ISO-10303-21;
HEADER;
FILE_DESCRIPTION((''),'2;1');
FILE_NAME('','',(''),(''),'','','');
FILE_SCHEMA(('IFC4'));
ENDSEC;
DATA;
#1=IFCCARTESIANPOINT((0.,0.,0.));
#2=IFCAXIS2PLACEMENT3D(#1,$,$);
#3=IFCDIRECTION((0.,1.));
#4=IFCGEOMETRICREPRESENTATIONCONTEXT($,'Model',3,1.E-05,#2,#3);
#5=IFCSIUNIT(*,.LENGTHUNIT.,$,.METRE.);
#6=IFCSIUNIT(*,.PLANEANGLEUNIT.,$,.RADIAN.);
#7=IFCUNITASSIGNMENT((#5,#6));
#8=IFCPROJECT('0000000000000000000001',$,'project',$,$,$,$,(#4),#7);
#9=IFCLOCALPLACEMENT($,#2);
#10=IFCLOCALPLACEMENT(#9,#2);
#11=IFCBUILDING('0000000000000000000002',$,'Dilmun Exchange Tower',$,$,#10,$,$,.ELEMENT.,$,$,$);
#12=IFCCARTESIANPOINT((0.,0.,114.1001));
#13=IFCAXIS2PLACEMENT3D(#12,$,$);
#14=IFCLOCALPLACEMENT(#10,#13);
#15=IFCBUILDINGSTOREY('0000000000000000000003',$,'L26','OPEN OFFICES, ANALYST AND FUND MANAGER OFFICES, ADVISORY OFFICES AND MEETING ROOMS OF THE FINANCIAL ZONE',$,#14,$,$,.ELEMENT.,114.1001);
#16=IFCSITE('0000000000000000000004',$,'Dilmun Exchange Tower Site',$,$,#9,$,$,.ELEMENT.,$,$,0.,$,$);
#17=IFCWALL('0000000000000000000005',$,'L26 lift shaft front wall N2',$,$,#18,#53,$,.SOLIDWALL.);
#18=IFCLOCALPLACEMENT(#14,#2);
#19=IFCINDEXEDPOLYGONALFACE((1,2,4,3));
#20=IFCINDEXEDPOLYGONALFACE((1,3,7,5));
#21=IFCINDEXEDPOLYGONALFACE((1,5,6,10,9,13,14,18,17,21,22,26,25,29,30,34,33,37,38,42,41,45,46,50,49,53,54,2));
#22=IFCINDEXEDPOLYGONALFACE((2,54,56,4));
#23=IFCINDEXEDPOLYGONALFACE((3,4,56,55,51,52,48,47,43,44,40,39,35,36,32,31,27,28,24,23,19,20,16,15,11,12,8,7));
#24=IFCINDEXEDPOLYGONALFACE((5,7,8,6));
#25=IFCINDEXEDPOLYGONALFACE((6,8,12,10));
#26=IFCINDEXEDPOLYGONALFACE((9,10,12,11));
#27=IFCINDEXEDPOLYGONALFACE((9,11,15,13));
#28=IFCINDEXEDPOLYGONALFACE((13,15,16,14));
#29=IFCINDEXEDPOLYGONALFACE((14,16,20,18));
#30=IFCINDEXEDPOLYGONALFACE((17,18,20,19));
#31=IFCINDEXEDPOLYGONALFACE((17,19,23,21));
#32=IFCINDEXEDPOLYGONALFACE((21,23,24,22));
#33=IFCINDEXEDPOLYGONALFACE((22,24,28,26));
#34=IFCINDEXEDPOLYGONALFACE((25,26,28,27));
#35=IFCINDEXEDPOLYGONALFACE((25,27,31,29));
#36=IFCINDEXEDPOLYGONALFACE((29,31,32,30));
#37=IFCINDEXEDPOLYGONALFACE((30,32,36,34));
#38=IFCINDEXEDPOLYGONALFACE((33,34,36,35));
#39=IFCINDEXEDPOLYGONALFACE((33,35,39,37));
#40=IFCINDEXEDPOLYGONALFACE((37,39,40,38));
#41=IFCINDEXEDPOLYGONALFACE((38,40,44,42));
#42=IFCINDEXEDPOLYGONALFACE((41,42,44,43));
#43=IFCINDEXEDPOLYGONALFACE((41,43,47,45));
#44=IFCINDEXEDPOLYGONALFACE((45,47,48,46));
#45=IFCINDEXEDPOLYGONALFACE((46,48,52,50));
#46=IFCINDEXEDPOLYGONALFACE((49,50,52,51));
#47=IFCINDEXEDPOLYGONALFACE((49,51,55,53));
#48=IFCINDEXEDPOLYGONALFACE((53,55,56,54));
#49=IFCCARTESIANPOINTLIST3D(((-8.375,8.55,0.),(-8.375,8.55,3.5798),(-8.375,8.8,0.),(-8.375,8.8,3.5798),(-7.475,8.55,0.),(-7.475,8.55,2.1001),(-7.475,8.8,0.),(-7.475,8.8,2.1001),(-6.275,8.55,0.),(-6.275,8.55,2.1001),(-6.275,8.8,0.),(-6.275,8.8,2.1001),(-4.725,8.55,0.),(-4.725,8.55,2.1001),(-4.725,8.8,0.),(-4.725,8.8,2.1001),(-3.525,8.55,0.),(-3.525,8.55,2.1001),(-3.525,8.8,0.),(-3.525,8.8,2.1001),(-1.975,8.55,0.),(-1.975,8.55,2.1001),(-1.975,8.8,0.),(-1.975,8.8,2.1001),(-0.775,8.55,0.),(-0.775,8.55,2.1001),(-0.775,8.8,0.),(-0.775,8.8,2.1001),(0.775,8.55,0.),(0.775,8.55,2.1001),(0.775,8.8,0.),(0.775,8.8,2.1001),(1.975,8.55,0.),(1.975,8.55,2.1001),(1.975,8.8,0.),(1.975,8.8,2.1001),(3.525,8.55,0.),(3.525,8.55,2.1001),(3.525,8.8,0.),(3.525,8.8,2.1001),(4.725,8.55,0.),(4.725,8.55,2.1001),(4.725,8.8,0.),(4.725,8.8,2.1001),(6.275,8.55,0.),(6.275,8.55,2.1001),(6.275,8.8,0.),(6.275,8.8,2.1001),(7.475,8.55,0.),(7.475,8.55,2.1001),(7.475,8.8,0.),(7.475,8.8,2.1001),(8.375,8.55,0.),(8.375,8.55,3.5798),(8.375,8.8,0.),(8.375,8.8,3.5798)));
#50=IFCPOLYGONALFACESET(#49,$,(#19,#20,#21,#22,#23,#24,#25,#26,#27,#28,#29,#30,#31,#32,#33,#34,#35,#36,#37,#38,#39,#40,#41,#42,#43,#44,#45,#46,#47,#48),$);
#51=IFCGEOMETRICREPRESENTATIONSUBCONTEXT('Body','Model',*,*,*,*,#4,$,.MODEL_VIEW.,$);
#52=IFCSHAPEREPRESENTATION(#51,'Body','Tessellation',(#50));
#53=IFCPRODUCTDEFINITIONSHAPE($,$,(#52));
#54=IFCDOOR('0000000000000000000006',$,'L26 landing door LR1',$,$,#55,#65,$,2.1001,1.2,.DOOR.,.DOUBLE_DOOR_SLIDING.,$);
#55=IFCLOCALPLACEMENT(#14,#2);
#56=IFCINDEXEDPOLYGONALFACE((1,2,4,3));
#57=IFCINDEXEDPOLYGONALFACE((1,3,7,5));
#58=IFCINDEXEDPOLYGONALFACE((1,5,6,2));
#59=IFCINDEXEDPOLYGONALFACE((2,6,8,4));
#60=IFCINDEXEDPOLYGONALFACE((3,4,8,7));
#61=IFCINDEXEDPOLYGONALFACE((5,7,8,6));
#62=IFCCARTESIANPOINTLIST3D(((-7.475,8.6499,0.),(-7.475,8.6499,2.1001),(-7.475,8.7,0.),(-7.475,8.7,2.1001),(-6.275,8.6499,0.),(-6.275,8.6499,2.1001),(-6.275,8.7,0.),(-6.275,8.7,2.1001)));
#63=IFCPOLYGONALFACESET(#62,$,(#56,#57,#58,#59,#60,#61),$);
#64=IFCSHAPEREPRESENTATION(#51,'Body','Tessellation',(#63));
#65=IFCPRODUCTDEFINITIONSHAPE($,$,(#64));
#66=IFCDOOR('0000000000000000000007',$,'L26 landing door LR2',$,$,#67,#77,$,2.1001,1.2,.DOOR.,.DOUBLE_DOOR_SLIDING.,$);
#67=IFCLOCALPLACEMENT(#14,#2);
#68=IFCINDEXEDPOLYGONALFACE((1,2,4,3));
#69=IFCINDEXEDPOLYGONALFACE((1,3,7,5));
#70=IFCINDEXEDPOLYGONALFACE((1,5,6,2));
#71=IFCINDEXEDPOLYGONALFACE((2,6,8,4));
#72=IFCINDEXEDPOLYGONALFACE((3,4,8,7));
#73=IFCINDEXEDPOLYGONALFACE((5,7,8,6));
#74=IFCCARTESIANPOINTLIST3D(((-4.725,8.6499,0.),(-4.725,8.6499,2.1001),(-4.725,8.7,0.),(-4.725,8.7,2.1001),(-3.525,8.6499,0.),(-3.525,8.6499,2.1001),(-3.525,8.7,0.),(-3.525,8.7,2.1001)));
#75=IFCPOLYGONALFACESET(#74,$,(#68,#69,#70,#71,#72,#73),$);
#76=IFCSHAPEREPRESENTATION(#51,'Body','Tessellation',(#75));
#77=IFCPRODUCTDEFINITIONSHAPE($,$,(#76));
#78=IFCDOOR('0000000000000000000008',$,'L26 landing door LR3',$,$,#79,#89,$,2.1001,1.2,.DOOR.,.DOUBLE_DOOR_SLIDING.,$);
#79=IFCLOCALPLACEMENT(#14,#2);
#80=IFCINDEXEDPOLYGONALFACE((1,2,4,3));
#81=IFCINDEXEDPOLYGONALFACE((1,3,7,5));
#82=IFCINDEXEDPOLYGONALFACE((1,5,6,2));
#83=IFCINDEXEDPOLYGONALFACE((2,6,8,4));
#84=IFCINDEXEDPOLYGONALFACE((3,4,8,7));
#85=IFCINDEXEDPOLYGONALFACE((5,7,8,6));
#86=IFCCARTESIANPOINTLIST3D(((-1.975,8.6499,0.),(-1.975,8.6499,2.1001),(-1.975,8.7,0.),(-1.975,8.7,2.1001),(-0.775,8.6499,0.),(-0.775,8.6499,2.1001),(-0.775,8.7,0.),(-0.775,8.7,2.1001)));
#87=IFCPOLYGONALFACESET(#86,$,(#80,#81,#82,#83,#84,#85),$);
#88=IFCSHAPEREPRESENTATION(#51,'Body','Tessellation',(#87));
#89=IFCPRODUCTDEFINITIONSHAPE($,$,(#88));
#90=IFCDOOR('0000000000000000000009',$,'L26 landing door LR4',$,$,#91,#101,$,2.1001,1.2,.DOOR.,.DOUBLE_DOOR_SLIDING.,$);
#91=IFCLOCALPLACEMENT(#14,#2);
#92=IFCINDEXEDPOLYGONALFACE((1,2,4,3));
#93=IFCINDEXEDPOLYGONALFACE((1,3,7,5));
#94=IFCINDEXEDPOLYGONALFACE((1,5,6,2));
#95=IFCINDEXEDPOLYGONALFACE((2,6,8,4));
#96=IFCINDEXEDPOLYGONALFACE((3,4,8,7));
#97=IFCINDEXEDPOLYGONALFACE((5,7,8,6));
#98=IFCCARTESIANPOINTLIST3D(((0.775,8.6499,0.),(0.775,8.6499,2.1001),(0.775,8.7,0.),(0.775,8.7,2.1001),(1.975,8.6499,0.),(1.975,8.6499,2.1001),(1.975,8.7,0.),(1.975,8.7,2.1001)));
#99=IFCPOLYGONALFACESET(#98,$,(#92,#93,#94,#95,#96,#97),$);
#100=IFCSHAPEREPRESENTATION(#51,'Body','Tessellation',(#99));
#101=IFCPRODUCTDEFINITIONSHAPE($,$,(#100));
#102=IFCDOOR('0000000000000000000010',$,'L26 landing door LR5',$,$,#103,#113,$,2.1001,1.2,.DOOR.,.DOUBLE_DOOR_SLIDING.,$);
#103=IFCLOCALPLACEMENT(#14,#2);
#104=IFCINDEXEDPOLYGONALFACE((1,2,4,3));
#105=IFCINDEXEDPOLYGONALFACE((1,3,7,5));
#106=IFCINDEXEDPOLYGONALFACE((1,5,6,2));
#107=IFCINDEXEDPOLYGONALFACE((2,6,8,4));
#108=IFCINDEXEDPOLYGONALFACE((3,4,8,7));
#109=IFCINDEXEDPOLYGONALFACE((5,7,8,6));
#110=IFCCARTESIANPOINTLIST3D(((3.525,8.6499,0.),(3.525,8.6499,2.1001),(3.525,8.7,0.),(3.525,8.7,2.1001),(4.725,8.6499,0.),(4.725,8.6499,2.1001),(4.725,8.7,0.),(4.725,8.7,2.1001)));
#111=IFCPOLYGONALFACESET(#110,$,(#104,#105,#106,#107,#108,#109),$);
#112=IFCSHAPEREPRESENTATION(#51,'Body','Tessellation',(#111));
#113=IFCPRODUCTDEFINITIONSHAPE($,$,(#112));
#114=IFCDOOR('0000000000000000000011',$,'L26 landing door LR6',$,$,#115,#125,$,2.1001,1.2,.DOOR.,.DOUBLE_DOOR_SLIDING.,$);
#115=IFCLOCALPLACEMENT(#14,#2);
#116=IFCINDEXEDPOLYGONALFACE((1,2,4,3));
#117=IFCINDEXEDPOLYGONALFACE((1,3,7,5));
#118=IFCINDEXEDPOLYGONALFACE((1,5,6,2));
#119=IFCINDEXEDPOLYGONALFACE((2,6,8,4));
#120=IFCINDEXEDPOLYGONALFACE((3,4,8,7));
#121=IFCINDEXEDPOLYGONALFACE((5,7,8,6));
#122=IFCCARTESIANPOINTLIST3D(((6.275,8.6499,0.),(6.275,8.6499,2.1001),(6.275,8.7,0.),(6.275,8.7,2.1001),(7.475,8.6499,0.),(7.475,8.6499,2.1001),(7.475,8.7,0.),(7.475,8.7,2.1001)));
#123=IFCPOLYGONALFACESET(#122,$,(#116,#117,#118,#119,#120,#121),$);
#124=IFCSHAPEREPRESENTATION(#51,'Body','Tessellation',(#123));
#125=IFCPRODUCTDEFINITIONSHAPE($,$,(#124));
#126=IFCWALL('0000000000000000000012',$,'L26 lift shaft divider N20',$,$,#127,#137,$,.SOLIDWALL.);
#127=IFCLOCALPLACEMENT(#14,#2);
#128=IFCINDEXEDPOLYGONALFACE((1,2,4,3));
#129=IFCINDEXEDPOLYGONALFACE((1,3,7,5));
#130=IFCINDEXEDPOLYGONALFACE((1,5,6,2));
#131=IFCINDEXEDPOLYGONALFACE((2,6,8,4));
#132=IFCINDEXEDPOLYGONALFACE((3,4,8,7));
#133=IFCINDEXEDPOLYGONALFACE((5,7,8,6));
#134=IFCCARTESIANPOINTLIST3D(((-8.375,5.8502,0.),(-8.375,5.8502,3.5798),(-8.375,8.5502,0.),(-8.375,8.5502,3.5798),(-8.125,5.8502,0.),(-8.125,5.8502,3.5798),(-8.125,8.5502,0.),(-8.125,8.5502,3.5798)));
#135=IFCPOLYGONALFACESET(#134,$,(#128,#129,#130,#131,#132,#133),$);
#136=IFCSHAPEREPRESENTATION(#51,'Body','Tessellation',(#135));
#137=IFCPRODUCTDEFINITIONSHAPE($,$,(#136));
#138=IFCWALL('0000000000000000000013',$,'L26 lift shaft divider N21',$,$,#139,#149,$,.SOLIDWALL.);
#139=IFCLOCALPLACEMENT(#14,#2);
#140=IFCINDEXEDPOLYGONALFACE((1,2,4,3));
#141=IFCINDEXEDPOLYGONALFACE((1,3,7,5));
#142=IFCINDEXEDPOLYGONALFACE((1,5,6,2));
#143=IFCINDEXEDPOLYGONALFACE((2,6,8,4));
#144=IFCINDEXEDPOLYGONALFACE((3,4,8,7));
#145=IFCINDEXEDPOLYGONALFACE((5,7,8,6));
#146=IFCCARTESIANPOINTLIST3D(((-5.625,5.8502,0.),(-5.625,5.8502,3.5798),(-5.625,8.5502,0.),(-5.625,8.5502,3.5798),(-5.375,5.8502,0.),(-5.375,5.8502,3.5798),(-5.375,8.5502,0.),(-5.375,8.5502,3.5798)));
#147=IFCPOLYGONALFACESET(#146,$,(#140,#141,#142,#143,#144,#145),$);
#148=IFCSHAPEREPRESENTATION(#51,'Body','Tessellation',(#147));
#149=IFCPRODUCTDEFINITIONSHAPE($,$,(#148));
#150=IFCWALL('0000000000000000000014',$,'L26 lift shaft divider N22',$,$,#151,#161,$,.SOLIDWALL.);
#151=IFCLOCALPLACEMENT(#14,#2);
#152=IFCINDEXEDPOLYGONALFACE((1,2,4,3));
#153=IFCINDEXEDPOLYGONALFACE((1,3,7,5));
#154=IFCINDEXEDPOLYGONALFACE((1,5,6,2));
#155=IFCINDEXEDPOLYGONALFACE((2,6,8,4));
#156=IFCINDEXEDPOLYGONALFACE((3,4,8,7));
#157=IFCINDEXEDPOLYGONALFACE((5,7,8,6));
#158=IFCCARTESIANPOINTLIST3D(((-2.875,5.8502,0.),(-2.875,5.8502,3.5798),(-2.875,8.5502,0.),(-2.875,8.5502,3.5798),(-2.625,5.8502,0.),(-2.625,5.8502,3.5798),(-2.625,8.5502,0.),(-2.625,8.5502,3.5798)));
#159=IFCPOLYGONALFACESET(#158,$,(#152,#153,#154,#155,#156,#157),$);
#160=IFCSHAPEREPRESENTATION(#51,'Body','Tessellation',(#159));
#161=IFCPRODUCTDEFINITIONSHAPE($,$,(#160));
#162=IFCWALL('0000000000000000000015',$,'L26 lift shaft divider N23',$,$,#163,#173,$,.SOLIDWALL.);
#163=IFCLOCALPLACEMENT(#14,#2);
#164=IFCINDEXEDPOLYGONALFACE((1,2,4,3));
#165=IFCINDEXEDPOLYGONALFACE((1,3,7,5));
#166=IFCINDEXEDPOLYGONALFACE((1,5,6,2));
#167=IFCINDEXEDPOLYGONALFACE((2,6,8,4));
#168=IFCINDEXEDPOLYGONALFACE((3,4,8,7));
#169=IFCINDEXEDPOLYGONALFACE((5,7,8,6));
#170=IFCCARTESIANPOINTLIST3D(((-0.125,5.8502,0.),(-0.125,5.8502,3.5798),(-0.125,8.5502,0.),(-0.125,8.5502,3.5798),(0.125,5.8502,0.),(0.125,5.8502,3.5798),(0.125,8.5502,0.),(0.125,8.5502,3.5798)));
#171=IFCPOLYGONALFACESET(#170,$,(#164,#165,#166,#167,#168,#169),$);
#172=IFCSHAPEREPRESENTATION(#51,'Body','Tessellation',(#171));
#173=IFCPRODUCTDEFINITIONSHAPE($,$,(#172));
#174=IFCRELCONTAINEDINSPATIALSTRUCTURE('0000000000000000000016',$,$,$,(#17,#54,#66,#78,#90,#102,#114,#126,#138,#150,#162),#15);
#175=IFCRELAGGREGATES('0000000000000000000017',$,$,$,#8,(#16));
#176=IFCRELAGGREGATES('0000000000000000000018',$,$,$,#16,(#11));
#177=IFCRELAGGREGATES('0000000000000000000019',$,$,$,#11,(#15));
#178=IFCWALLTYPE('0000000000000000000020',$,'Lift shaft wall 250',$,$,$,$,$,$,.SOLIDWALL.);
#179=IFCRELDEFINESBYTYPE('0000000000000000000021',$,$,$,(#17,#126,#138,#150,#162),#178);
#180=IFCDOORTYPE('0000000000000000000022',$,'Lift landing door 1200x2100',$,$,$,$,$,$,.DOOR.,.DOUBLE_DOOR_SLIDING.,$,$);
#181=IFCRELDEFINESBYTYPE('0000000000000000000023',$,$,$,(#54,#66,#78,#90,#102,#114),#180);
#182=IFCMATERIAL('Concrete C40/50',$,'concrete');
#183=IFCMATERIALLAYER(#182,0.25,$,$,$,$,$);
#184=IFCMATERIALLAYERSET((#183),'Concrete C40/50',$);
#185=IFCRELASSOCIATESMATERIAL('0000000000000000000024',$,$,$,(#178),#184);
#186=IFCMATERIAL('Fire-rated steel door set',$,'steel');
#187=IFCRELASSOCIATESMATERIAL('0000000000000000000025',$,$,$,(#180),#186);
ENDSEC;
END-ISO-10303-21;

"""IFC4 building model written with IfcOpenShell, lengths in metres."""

from ifc_helpers import new_model, si_unit, direction, frame, frame_2d, origin, place, context, subcontext, project, spatial, rectangle, extrude, material, layer, layer_set, type_object, element, fill, save


model = new_model("IFC4")

# Units and contexts
model_context = context("Model", 3, precision=1e-05, world=origin(), true_north=direction((0.0, 1.0)))
body_context = subcontext(model_context, "Body", "Model", "MODEL_VIEW")
ifc_project = project(units=[si_unit("LENGTHUNIT", "METRE"), si_unit("PLANEANGLEUNIT", "RADIAN")], contexts=[model_context])

# Site, building, storey
site_placement = place(None, origin())
site = spatial("IfcSite", under=ifc_project, at=site_placement, Name="Dilmun Exchange Tower Site", CompositionType="ELEMENT", RefElevation=0.0)
building_placement = place(site_placement, origin())
building = spatial("IfcBuilding", under=site, at=building_placement, Name="Dilmun Exchange Tower", CompositionType="ELEMENT")
storey_placement = place(building_placement, frame((0.0, 0.0, 114.1001)))
storey = spatial("IfcBuildingStorey", under=building, at=storey_placement, Name="L26", Description="OPEN OFFICES, ANALYST AND FUND MANAGER OFFICES, ADVISORY OFFICES AND MEETING ROOMS OF THE FINANCIAL ZONE", CompositionType="ELEMENT", Elevation=114.1001)

# Shared definitions
ifc_material_1 = material(Name="Concrete C40/50", Category="concrete")

# Shared definitions
ifc_material_2 = material(Name="Fire-rated steel door set", Category="steel")

# Wall, openings, doors
ifc_layer_1 = layer(ifc_material_1, 0.25)
ifc_layer_set_1 = layer_set([ifc_layer_1], Name="Concrete C40/50")
wall_type_1 = type_object("IfcWallType", Name="Lift shaft wall 250", PredefinedType="SOLIDWALL", material=ifc_layer_set_1)
wall_1_placement = place(storey_placement, frame((-8.375, 8.675, 0.0), z_axis=(0.0, 0.0, 1.0), x_axis=(1.0, 0.0, 0.0)))
wall_1 = element("IfcWall", 1, at=wall_1_placement, inside=storey, type_object=wall_type_1, Name="L26 lift shaft front wall N2", PredefinedType="SOLIDWALL", context=body_context, shape_type="SweptSolid", body=[
    extrude(rectangle(XDim=16.75, YDim=0.25, at=frame_2d((8.375, 0.0))), origin(), (0.0, 0.0, 1.0), 3.5798),
])
opening_1_placement = place(wall_1_placement, frame((0.8999, 0.0, 0.0)))
opening_1 = element("IfcOpeningElement", 2, at=opening_1_placement, cuts=wall_1, PredefinedType="OPENING", context=body_context, shape_type="SweptSolid", body=[
    extrude(rectangle(XDim=1.2, YDim=2.1001, at=frame_2d((0.6001, 1.05))), frame((0.0, 0.135, 0.0), z_axis=(0.0, -1.0, 0.0), x_axis=(1.0, 0.0, 0.0)), (0.0, 0.0, 1.0), 0.27),
])
opening_2_placement = place(wall_1_placement, frame((3.6499, 0.0, 0.0)))
opening_2 = element("IfcOpeningElement", 3, at=opening_2_placement, cuts=wall_1, PredefinedType="OPENING", context=body_context, shape_type="SweptSolid", body=[
    extrude(rectangle(XDim=1.2, YDim=2.1001, at=frame_2d((0.6001, 1.05))), frame((0.0, 0.135, 0.0), z_axis=(0.0, -1.0, 0.0), x_axis=(1.0, 0.0, 0.0)), (0.0, 0.0, 1.0), 0.27),
])
opening_3_placement = place(wall_1_placement, frame((6.3999, 0.0, 0.0)))
opening_3 = element("IfcOpeningElement", 4, at=opening_3_placement, cuts=wall_1, PredefinedType="OPENING", context=body_context, shape_type="SweptSolid", body=[
    extrude(rectangle(XDim=1.2, YDim=2.1001, at=frame_2d((0.6001, 1.05))), frame((0.0, 0.135, 0.0), z_axis=(0.0, -1.0, 0.0), x_axis=(1.0, 0.0, 0.0)), (0.0, 0.0, 1.0), 0.27),
])
opening_4_placement = place(wall_1_placement, frame((9.1499, 0.0, 0.0)))
opening_4 = element("IfcOpeningElement", 5, at=opening_4_placement, cuts=wall_1, PredefinedType="OPENING", context=body_context, shape_type="SweptSolid", body=[
    extrude(rectangle(XDim=1.2, YDim=2.1001, at=frame_2d((0.6001, 1.05))), frame((0.0, 0.135, 0.0), z_axis=(0.0, -1.0, 0.0), x_axis=(1.0, 0.0, 0.0)), (0.0, 0.0, 1.0), 0.27),
])
opening_5_placement = place(wall_1_placement, frame((11.8999, 0.0, 0.0)))
opening_5 = element("IfcOpeningElement", 6, at=opening_5_placement, cuts=wall_1, PredefinedType="OPENING", context=body_context, shape_type="SweptSolid", body=[
    extrude(rectangle(XDim=1.2, YDim=2.1001, at=frame_2d((0.6001, 1.05))), frame((0.0, 0.135, 0.0), z_axis=(0.0, -1.0, 0.0), x_axis=(1.0, 0.0, 0.0)), (0.0, 0.0, 1.0), 0.27),
])
opening_6_placement = place(wall_1_placement, frame((14.6499, 0.0, 0.0)))
opening_6 = element("IfcOpeningElement", 7, at=opening_6_placement, cuts=wall_1, PredefinedType="OPENING", context=body_context, shape_type="SweptSolid", body=[
    extrude(rectangle(XDim=1.2, YDim=2.1001, at=frame_2d((0.6001, 1.05))), frame((0.0, 0.135, 0.0), z_axis=(0.0, -1.0, 0.0), x_axis=(1.0, 0.0, 0.0)), (0.0, 0.0, 1.0), 0.27),
])
door_type_1 = type_object("IfcDoorType", Name="Lift landing door 1200x2100", OperationType="DOUBLE_DOOR_SLIDING", PredefinedType="DOOR", material=ifc_material_2)
door_1_placement = place(opening_1_placement, origin())
door_1 = element("IfcDoor", 8, at=door_1_placement, inside=storey, type_object=door_type_1, Name="L26 landing door LR1", OperationType="DOUBLE_DOOR_SLIDING", OverallHeight=2.1001, OverallWidth=1.2, PredefinedType="DOOR", context=body_context, shape_type="SweptSolid", body=[
    extrude(rectangle(XDim=1.2, YDim=2.1001, at=frame_2d((0.6001, 1.05))), frame((0.0, 0.0249, 0.0), z_axis=(0.0, -1.0, 0.0), x_axis=(1.0, 0.0, 0.0)), (0.0, 0.0, 1.0), 0.05),
])
fill(opening_1, door_1)
door_2_placement = place(opening_2_placement, origin())
door_2 = element("IfcDoor", 9, at=door_2_placement, inside=storey, type_object=door_type_1, Name="L26 landing door LR2", OperationType="DOUBLE_DOOR_SLIDING", OverallHeight=2.1001, OverallWidth=1.2, PredefinedType="DOOR", context=body_context, shape_type="SweptSolid", body=[
    extrude(rectangle(XDim=1.2, YDim=2.1001, at=frame_2d((0.6001, 1.05))), frame((0.0, 0.0249, 0.0), z_axis=(0.0, -1.0, 0.0), x_axis=(1.0, 0.0, 0.0)), (0.0, 0.0, 1.0), 0.05),
])
fill(opening_2, door_2)
door_3_placement = place(opening_3_placement, origin())
door_3 = element("IfcDoor", 10, at=door_3_placement, inside=storey, type_object=door_type_1, Name="L26 landing door LR3", OperationType="DOUBLE_DOOR_SLIDING", OverallHeight=2.1001, OverallWidth=1.2, PredefinedType="DOOR", context=body_context, shape_type="SweptSolid", body=[
    extrude(rectangle(XDim=1.2, YDim=2.1001, at=frame_2d((0.6001, 1.05))), frame((0.0, 0.0249, 0.0), z_axis=(0.0, -1.0, 0.0), x_axis=(1.0, 0.0, 0.0)), (0.0, 0.0, 1.0), 0.05),
])
fill(opening_3, door_3)
door_4_placement = place(opening_4_placement, origin())
door_4 = element("IfcDoor", 11, at=door_4_placement, inside=storey, type_object=door_type_1, Name="L26 landing door LR4", OperationType="DOUBLE_DOOR_SLIDING", OverallHeight=2.1001, OverallWidth=1.2, PredefinedType="DOOR", context=body_context, shape_type="SweptSolid", body=[
    extrude(rectangle(XDim=1.2, YDim=2.1001, at=frame_2d((0.6001, 1.05))), frame((0.0, 0.0249, 0.0), z_axis=(0.0, -1.0, 0.0), x_axis=(1.0, 0.0, 0.0)), (0.0, 0.0, 1.0), 0.05),
])
fill(opening_4, door_4)
door_5_placement = place(opening_5_placement, origin())
door_5 = element("IfcDoor", 12, at=door_5_placement, inside=storey, type_object=door_type_1, Name="L26 landing door LR5", OperationType="DOUBLE_DOOR_SLIDING", OverallHeight=2.1001, OverallWidth=1.2, PredefinedType="DOOR", context=body_context, shape_type="SweptSolid", body=[
    extrude(rectangle(XDim=1.2, YDim=2.1001, at=frame_2d((0.6001, 1.05))), frame((0.0, 0.0249, 0.0), z_axis=(0.0, -1.0, 0.0), x_axis=(1.0, 0.0, 0.0)), (0.0, 0.0, 1.0), 0.05),
])
fill(opening_5, door_5)
door_6_placement = place(opening_6_placement, origin())
door_6 = element("IfcDoor", 13, at=door_6_placement, inside=storey, type_object=door_type_1, Name="L26 landing door LR6", OperationType="DOUBLE_DOOR_SLIDING", OverallHeight=2.1001, OverallWidth=1.2, PredefinedType="DOOR", context=body_context, shape_type="SweptSolid", body=[
    extrude(rectangle(XDim=1.2, YDim=2.1001, at=frame_2d((0.6001, 1.05))), frame((0.0, 0.0249, 0.0), z_axis=(0.0, -1.0, 0.0), x_axis=(1.0, 0.0, 0.0)), (0.0, 0.0, 1.0), 0.05),
])
fill(opening_6, door_6)

# Walls
for number, where, z_axis, x_axis, name in (
    (14, (-8.25, 5.8501, 0.0), (0.0, 0.0, 1.0), (0.0, 1.0, 0.0), "L26 lift shaft divider N20"),
    (15, (-5.5, 5.8501, 0.0), (0.0, 0.0, 1.0), (0.0, 1.0, 0.0), "L26 lift shaft divider N21"),
    (16, (-2.75, 5.8501, 0.0), (0.0, 0.0, 1.0), (0.0, 1.0, 0.0), "L26 lift shaft divider N22"),
    (17, (0.0, 5.8501, 0.0), (0.0, 0.0, 1.0), (0.0, 1.0, 0.0), "L26 lift shaft divider N23"),
):
    element("IfcWall", number, at=place(storey_placement, frame(where, z_axis=z_axis, x_axis=x_axis)), inside=storey, type_object=wall_type_1, Name=name, PredefinedType="SOLIDWALL", context=body_context, shape_type="SweptSolid", body=[
        extrude(rectangle(XDim=2.7, YDim=0.25, at=frame_2d((1.3501, 0.0))), origin(), (0.0, 0.0, 1.0), 3.5798),
    ])

save(model, "model.ifc")
